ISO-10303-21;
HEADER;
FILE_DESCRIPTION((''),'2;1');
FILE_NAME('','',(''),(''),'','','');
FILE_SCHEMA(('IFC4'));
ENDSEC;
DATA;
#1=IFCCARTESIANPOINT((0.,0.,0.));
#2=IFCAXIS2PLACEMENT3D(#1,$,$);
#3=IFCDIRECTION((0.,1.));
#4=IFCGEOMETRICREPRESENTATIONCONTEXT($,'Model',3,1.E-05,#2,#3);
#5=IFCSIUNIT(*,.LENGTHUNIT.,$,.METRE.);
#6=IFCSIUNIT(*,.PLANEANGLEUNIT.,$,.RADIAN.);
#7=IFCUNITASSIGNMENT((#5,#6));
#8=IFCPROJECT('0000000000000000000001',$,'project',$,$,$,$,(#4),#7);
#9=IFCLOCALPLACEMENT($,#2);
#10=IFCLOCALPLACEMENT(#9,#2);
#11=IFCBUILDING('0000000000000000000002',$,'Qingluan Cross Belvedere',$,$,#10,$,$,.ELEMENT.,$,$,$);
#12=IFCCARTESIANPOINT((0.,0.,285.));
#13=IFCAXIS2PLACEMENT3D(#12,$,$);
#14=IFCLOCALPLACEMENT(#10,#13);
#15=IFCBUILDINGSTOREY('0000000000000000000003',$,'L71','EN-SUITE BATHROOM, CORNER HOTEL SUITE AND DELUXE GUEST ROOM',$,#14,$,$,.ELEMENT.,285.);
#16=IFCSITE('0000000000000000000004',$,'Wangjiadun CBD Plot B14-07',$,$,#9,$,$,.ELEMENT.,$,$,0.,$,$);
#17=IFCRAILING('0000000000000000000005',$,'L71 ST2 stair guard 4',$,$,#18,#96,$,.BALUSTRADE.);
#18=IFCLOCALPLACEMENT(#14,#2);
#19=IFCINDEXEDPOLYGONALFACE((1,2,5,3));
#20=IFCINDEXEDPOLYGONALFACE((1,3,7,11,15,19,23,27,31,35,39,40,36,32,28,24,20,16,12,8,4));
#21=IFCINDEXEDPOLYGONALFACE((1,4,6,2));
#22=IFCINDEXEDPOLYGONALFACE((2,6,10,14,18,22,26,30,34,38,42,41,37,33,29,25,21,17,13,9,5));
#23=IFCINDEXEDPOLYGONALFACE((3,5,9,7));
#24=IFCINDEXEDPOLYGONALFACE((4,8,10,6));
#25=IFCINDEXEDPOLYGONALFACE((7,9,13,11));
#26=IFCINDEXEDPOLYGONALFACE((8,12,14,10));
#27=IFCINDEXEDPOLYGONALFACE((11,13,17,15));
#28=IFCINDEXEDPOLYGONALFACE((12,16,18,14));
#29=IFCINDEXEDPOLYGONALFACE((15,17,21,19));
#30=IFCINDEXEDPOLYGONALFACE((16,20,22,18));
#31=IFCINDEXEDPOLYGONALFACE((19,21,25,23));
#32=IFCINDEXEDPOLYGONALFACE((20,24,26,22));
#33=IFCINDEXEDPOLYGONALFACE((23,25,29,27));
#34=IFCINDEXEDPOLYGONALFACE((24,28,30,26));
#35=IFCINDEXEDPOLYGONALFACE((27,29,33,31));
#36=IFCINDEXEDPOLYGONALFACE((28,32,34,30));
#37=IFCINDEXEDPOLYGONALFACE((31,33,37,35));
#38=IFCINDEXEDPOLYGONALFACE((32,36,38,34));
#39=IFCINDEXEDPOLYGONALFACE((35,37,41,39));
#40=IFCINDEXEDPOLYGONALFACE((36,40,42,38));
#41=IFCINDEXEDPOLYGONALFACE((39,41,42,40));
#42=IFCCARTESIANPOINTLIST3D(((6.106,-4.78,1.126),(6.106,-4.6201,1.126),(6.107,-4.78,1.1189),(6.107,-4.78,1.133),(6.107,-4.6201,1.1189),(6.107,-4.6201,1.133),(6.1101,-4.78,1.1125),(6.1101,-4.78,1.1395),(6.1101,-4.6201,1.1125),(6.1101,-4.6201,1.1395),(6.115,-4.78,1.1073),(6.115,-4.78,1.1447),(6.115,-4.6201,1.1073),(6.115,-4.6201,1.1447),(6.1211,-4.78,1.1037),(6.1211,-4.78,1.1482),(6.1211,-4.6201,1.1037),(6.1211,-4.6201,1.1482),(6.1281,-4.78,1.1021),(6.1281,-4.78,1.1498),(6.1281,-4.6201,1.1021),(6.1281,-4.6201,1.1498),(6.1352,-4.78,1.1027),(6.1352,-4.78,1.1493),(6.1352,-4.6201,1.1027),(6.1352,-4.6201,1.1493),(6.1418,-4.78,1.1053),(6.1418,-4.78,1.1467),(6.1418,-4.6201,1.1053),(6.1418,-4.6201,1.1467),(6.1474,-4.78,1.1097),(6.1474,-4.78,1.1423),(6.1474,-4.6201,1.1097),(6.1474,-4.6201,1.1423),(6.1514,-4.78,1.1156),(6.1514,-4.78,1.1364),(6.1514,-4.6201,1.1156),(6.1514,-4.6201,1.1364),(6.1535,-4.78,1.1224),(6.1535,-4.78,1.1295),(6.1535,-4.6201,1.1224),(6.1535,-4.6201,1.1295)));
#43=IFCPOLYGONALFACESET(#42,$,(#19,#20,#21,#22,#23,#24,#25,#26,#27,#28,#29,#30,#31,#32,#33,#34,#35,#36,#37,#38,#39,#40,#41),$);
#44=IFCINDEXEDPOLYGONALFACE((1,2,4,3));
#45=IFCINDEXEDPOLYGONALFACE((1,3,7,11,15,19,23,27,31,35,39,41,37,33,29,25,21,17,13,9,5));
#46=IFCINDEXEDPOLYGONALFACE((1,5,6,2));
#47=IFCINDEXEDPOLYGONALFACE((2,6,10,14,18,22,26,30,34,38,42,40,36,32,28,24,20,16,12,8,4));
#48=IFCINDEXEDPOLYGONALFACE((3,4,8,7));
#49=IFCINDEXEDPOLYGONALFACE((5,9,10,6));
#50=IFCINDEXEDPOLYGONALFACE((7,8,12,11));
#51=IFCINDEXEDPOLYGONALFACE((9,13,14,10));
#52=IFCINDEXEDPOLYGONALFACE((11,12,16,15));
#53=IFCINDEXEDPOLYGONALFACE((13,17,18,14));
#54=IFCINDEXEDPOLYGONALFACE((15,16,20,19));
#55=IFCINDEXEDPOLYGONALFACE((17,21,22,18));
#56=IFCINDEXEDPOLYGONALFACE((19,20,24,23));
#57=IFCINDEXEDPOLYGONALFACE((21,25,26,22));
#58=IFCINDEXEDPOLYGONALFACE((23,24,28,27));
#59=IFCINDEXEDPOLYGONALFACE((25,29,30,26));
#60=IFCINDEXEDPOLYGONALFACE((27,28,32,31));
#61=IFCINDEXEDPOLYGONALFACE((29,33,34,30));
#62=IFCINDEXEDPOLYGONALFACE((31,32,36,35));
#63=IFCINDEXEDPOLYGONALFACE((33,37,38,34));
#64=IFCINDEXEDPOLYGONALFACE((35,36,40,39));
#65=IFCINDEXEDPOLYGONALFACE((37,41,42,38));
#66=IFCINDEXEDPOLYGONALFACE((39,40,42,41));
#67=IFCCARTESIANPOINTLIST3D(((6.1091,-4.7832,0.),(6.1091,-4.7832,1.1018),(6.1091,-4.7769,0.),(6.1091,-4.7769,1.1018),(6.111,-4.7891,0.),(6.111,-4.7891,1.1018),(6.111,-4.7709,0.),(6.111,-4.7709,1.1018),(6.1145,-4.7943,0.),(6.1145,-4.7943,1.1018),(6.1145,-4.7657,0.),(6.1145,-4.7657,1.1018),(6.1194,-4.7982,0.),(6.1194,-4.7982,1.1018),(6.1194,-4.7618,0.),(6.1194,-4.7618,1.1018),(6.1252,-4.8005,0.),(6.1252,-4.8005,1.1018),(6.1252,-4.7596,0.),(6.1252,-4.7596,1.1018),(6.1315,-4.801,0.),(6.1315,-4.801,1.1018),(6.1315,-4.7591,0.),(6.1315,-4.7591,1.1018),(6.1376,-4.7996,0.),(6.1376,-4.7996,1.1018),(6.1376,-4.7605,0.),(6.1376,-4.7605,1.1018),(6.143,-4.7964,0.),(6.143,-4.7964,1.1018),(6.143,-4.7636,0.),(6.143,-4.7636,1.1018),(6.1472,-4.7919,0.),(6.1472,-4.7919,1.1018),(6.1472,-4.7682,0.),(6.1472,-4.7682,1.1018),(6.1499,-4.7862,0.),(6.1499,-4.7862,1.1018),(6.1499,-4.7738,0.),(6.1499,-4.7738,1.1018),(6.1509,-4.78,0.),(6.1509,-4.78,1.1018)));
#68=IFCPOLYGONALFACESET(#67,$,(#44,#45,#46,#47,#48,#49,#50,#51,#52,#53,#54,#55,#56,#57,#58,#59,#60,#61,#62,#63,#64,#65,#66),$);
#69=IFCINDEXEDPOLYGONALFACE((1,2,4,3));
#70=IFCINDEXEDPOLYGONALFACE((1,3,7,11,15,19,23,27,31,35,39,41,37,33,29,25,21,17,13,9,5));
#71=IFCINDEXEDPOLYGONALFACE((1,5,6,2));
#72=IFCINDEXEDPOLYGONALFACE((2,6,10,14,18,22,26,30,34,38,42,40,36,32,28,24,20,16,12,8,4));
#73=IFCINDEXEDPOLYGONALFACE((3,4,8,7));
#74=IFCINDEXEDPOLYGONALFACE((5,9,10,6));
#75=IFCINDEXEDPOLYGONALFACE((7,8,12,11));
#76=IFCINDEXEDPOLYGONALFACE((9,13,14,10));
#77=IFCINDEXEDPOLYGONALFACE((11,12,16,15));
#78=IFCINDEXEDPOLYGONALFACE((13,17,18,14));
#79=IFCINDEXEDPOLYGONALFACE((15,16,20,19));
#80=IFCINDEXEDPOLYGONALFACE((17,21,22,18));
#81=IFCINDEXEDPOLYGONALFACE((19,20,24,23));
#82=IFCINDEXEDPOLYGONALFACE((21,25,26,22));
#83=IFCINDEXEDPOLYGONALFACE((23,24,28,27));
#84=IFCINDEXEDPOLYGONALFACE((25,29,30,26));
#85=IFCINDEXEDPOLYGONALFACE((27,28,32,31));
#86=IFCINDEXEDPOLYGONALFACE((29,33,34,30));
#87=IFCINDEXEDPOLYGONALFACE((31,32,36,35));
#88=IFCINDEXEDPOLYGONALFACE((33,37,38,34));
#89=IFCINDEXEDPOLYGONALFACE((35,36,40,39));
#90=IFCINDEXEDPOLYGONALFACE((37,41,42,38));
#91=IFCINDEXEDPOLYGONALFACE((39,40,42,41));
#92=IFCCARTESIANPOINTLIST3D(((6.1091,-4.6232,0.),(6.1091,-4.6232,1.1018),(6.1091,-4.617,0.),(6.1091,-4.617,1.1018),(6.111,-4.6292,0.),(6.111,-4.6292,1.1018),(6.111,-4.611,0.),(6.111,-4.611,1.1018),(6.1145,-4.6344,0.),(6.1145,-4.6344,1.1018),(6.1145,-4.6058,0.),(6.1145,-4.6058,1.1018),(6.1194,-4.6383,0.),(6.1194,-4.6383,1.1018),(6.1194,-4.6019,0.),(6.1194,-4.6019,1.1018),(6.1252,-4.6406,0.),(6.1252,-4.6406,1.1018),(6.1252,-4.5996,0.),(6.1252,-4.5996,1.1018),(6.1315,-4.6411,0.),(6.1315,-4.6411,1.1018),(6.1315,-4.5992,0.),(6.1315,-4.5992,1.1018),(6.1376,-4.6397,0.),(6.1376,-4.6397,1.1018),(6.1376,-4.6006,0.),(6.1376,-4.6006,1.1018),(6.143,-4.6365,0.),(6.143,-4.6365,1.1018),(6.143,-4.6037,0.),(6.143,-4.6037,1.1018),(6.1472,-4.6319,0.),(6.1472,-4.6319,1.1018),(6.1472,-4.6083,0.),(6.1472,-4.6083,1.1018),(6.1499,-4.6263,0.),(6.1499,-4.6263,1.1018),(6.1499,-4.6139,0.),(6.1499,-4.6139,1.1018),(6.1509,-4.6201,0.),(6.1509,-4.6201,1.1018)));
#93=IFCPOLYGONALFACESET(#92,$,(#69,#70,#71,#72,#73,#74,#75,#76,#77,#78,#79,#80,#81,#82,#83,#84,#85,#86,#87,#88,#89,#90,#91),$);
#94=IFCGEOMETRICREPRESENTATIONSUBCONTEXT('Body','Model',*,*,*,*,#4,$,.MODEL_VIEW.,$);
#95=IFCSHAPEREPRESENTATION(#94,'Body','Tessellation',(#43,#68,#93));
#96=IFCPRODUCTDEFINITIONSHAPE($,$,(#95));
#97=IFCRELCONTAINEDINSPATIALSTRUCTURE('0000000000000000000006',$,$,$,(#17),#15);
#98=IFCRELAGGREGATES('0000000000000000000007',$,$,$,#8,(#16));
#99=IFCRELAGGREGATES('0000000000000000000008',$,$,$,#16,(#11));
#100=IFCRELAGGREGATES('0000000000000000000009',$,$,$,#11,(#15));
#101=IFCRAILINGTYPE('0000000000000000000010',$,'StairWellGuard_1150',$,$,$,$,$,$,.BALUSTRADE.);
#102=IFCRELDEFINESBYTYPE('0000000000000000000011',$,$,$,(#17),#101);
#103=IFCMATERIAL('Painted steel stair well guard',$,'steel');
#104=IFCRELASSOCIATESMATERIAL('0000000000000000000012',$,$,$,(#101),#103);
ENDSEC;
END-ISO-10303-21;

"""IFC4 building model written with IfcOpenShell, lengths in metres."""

from ifc_helpers import new_model, si_unit, direction, frame, origin, origin_2d, place, context, subcontext, project, spatial, circle, extrude, material, type_object, element, save


model = new_model("IFC4")

# Units and contexts
model_context = context("Model", 3, precision=1e-05, world=origin(), true_north=direction((0.0, 1.0)))
body_context = subcontext(model_context, "Body", "Model", "MODEL_VIEW")
ifc_project = project(units=[si_unit("LENGTHUNIT", "METRE"), si_unit("PLANEANGLEUNIT", "RADIAN")], contexts=[model_context])

# Site, building, storey
site_placement = place(None, origin())
site = spatial("IfcSite", under=ifc_project, at=site_placement, Name="Wangjiadun CBD Plot B14-07", CompositionType="ELEMENT", RefElevation=0.0)
building_placement = place(site_placement, origin())
building = spatial("IfcBuilding", under=site, at=building_placement, Name="Qingluan Cross Belvedere", CompositionType="ELEMENT")
storey_placement = place(building_placement, frame((0.0, 0.0, 285.0)))
storey = spatial("IfcBuildingStorey", under=building, at=storey_placement, Name="L71", Description="EN-SUITE BATHROOM, CORNER HOTEL SUITE AND DELUXE GUEST ROOM", CompositionType="ELEMENT", Elevation=285.0)

# Railing
ifc_material_1 = material(Name="Painted steel stair well guard", Category="steel")
railing_type = type_object("IfcRailingType", Name="StairWellGuard_1150", PredefinedType="BALUSTRADE", material=ifc_material_1)
railing_placement = place(storey_placement, frame((6.1299, -4.78, 0.0)))
element("IfcRailing", 1, at=railing_placement, inside=storey, type_object=railing_type, Name="L71 ST2 stair guard 4", PredefinedType="BALUSTRADE", context=body_context, shape_type="SweptSolid", body=[
    extrude(circle(Radius=0.0239, at=origin_2d()), frame((0.0, 0.0, 1.126), z_axis=(0.0, 1.0, 0.0), x_axis=(-1.0, 0.0, 0.0)), (0.0, 0.0, 1.0), 0.1599),
    extrude(circle(Radius=0.021, at=origin_2d()), origin(), (0.0, 0.0, 1.0), 1.1018),
    extrude(circle(Radius=0.021, at=origin_2d()), frame((0.0, 0.1599, 0.0)), (0.0, 0.0, 1.0), 1.1018),
])

save(model, "model.ifc")
